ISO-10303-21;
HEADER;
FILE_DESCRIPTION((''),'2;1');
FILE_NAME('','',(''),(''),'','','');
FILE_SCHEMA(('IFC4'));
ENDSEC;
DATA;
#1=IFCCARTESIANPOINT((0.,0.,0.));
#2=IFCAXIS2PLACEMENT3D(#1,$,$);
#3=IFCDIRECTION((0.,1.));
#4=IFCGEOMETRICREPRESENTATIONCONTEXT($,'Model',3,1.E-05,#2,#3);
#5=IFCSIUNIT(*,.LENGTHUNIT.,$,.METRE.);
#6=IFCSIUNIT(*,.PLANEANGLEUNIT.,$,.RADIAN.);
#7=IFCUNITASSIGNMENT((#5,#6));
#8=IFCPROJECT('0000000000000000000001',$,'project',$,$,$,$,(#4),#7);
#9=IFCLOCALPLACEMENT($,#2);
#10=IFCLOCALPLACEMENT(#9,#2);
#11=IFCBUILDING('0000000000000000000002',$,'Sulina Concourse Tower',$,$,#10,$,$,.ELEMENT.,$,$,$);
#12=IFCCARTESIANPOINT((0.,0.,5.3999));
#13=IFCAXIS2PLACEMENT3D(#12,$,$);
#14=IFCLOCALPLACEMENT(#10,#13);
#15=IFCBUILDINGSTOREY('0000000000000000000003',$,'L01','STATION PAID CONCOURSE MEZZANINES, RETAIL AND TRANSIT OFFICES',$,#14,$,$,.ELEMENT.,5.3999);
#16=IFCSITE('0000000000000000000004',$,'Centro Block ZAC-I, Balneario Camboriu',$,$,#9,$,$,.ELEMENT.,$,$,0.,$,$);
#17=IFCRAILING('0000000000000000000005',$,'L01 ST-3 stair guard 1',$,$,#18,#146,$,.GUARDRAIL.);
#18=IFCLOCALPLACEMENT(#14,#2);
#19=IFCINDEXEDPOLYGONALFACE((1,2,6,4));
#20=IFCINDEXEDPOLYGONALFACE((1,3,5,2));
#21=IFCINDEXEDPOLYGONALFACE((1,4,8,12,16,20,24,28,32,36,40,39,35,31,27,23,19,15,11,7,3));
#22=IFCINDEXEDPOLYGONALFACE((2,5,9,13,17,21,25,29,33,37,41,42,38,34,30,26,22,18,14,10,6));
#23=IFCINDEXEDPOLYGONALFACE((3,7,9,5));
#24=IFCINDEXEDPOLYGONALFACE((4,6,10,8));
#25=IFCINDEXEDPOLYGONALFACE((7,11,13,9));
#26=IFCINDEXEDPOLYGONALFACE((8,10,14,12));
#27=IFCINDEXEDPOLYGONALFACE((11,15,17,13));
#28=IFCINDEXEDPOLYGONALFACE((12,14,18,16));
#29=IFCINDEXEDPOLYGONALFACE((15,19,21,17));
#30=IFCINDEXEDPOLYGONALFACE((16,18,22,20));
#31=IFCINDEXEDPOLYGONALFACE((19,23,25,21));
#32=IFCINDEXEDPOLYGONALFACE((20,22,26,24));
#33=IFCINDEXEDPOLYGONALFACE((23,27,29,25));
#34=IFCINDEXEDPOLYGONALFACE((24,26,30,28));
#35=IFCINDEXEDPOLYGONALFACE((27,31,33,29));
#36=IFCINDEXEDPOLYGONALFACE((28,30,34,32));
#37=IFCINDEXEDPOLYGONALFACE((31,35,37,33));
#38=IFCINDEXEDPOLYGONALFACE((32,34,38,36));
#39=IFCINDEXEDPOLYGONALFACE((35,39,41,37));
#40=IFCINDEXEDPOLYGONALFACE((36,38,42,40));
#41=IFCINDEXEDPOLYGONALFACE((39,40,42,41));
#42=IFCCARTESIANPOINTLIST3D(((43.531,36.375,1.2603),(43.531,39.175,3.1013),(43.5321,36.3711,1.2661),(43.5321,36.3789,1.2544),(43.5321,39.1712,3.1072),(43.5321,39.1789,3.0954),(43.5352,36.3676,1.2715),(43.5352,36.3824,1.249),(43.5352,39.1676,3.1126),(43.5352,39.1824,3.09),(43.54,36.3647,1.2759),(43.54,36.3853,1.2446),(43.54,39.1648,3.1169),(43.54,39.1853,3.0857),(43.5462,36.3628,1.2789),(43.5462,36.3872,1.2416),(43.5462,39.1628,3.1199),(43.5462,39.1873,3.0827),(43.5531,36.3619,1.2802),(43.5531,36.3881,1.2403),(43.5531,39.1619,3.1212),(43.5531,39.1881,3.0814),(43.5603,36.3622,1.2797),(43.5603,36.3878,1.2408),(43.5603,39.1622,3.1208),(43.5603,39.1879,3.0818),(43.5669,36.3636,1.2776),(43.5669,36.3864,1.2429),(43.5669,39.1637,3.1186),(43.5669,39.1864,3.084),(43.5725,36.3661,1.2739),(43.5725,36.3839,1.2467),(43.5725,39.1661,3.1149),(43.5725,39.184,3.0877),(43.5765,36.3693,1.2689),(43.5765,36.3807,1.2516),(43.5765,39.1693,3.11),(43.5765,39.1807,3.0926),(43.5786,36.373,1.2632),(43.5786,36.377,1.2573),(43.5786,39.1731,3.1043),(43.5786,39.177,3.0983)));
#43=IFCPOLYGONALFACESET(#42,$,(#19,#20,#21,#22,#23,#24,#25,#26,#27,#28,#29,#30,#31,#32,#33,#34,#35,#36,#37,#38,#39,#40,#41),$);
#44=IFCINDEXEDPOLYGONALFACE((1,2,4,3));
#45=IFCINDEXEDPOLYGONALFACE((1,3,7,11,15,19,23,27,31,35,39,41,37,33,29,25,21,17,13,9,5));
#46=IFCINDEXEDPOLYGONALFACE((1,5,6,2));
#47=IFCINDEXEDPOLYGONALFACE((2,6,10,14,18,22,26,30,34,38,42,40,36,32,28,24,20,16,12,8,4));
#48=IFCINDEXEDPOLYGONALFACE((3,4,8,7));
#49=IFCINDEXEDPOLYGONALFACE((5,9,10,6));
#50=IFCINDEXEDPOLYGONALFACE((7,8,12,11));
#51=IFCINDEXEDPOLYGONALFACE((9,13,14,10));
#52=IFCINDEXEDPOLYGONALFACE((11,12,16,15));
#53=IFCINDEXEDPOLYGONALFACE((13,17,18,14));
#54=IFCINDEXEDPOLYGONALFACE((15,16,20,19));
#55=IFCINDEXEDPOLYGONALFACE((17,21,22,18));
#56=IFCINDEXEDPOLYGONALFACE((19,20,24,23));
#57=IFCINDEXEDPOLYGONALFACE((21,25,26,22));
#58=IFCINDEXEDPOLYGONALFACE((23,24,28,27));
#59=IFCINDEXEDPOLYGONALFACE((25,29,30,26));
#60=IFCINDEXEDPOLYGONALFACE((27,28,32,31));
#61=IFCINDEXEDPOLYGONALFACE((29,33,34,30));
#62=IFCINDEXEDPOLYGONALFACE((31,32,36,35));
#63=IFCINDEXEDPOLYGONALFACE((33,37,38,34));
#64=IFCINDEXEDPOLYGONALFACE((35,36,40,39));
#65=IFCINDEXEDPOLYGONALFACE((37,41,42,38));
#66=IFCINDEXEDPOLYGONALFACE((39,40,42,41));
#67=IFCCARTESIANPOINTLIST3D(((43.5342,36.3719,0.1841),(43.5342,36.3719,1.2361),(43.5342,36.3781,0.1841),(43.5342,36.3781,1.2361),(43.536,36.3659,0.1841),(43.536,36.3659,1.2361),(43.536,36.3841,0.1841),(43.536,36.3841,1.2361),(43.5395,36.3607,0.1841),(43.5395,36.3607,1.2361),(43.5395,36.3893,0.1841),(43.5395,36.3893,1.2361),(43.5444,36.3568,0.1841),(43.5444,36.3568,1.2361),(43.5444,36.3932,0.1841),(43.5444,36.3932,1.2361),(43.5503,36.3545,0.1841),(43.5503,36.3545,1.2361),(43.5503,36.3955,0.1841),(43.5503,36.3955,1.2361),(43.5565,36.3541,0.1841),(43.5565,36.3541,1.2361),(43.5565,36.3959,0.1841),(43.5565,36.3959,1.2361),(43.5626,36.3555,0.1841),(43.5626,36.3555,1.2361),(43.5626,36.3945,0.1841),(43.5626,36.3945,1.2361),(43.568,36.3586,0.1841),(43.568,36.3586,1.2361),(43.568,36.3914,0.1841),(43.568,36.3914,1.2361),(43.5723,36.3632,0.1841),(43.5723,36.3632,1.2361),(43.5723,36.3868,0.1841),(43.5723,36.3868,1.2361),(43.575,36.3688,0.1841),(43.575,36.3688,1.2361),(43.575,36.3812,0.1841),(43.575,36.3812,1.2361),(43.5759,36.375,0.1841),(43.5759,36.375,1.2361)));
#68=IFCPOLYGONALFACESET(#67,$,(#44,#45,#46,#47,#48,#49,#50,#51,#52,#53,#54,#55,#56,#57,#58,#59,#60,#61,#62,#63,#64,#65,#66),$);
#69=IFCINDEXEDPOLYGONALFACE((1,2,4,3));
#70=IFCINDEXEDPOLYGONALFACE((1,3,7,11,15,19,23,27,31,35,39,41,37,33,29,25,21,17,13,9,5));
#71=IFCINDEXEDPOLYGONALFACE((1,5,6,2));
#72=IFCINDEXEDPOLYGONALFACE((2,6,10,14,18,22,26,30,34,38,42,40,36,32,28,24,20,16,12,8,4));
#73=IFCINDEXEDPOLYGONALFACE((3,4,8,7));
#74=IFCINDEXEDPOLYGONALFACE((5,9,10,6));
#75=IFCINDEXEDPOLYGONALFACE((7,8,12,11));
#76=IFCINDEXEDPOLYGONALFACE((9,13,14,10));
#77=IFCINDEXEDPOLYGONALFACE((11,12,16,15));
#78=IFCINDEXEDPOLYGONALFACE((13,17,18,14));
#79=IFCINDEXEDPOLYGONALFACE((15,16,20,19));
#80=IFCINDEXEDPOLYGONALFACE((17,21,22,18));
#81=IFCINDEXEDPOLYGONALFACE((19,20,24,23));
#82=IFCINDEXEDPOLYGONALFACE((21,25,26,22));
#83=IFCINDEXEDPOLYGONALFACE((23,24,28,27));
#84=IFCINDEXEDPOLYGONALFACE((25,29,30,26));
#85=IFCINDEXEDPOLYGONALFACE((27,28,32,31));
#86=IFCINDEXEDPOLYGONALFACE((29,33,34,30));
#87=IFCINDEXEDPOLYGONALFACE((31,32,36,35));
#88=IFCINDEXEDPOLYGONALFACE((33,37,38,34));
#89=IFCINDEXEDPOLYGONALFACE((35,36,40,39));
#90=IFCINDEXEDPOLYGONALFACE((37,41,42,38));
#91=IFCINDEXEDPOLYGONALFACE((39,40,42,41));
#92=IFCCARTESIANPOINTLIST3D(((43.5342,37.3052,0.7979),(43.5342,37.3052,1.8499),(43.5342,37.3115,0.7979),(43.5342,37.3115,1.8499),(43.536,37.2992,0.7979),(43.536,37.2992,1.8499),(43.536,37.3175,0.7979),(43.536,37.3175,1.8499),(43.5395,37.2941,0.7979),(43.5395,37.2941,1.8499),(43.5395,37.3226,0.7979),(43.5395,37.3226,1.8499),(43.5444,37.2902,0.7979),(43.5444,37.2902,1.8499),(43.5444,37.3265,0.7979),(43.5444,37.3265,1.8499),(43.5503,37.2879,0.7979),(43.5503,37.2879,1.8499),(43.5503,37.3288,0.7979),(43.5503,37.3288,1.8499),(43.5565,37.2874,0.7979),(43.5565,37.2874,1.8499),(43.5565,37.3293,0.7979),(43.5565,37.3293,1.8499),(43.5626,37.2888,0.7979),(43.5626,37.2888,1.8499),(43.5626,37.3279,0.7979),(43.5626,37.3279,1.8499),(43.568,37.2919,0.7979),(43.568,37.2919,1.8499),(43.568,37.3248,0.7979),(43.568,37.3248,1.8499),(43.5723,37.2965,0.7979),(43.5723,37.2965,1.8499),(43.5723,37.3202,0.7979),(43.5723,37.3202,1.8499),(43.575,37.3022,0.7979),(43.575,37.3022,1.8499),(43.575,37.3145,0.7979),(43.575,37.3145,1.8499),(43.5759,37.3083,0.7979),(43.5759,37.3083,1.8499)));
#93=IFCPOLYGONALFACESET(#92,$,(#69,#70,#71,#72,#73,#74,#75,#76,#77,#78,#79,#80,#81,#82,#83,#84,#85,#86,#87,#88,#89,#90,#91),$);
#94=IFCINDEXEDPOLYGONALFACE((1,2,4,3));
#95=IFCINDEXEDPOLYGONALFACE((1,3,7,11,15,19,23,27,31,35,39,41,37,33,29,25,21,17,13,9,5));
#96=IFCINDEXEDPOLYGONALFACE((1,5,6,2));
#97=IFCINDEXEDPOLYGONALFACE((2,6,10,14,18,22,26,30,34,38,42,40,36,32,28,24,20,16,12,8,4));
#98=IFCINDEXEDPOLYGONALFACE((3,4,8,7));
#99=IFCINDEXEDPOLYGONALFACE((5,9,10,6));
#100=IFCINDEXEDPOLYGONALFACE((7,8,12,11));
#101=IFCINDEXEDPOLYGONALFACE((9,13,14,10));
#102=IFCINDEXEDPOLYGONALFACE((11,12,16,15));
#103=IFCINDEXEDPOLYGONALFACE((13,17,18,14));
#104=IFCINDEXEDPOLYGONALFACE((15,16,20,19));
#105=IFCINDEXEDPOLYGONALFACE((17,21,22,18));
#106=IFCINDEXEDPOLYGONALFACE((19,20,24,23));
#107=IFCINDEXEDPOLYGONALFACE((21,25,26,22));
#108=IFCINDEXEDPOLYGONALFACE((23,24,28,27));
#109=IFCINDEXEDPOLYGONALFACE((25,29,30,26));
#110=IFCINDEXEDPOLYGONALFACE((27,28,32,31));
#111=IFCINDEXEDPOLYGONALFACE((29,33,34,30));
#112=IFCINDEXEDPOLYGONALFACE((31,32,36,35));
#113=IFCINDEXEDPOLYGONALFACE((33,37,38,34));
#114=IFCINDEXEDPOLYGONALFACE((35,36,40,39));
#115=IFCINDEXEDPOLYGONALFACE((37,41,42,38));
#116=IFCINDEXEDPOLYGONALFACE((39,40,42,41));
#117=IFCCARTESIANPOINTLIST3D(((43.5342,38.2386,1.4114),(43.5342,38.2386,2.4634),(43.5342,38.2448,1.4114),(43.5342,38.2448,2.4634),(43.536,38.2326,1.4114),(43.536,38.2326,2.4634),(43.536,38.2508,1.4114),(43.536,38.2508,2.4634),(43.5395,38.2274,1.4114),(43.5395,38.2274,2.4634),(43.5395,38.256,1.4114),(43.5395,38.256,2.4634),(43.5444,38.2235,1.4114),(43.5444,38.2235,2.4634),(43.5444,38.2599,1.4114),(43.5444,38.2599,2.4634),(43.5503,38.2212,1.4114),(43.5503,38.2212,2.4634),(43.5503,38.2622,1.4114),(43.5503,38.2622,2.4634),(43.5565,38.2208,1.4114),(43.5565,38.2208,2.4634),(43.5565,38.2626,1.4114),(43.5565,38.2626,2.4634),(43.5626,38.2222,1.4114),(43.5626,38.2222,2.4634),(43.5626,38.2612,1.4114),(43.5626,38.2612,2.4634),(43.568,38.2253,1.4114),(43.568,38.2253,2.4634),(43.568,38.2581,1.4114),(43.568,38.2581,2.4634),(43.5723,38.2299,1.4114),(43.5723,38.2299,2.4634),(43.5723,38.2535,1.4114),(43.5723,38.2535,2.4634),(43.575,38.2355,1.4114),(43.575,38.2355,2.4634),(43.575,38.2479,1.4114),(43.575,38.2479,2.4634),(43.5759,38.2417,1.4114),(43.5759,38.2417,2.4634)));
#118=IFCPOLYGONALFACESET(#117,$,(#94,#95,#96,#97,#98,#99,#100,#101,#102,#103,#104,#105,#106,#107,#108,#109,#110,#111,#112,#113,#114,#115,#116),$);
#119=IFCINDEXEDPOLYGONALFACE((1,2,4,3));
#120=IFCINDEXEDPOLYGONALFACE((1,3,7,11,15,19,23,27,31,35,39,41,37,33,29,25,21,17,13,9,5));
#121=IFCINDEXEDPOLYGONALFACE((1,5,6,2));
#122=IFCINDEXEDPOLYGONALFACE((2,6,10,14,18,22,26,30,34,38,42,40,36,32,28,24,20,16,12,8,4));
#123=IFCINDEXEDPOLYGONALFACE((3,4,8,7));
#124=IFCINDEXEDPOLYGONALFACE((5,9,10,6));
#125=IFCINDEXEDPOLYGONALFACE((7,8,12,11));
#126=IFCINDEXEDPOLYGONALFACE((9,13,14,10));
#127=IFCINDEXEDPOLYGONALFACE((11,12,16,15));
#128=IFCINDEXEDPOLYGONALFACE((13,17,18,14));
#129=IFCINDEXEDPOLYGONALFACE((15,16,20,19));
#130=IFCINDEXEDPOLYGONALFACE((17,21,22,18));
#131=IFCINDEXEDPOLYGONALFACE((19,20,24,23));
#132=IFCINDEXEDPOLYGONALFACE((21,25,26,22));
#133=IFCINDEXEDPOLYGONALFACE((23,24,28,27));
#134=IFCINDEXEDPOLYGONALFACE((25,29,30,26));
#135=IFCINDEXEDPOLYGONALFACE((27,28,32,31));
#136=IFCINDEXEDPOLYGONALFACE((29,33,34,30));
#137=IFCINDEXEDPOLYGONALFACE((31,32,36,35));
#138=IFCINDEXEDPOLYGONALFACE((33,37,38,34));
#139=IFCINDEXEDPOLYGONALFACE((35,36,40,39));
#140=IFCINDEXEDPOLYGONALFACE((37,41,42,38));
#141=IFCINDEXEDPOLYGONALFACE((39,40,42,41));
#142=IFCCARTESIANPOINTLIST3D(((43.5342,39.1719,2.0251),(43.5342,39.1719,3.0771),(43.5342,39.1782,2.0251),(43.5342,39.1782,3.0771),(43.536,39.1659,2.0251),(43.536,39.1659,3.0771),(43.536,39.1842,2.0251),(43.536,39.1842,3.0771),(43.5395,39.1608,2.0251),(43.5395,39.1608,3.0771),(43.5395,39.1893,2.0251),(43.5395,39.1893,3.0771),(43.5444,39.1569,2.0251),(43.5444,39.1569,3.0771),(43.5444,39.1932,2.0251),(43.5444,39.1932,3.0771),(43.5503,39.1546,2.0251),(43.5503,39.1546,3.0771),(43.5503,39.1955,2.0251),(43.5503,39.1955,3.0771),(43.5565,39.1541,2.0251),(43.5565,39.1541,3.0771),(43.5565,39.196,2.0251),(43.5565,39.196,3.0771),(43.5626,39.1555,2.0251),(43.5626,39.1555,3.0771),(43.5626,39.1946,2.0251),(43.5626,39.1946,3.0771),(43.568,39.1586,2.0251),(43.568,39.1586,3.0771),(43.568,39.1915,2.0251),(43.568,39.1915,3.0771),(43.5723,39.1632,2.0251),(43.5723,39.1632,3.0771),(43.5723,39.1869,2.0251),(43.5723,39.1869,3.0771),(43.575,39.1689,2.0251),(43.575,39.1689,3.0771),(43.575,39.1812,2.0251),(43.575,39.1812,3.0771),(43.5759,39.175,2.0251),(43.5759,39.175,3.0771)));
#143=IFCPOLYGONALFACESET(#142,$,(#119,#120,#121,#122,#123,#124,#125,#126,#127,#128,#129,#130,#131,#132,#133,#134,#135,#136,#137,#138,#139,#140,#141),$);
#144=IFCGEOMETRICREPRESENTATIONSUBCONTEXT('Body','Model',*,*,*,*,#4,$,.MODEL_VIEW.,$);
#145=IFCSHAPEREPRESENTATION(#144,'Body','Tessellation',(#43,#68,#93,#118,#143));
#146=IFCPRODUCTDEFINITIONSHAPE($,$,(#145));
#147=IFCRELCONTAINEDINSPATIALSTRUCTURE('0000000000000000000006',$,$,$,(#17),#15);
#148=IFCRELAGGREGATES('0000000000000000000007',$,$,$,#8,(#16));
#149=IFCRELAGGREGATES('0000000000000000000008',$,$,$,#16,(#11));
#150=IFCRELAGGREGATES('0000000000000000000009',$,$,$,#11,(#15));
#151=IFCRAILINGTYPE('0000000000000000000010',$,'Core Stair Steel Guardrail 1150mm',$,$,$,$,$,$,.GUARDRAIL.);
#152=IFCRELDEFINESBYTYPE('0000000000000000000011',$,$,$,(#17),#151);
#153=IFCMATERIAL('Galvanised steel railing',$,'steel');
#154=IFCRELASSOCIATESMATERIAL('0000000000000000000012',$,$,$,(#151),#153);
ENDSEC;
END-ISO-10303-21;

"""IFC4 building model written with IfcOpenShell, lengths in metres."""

from ifc_helpers import new_model, si_unit, direction, frame, origin, origin_2d, place, context, subcontext, project, spatial, circle, extrude, material, type_object, element, save


model = new_model("IFC4")

# Units and contexts
model_context = context("Model", 3, precision=1e-05, world=origin(), true_north=direction((0.0, 1.0)))
body_context = subcontext(model_context, "Body", "Model", "MODEL_VIEW")
ifc_project = project(units=[si_unit("LENGTHUNIT", "METRE"), si_unit("PLANEANGLEUNIT", "RADIAN")], contexts=[model_context])

# Site, building, storey
site_placement = place(None, origin())
site = spatial("IfcSite", under=ifc_project, at=site_placement, Name="Centro Block ZAC-I, Balneario Camboriu", CompositionType="ELEMENT", RefElevation=0.0)
building_placement = place(site_placement, origin())
building = spatial("IfcBuilding", under=site, at=building_placement, Name="Sulina Concourse Tower", CompositionType="ELEMENT")
storey_placement = place(building_placement, frame((0.0, 0.0, 5.3999)))
storey = spatial("IfcBuildingStorey", under=building, at=storey_placement, Name="L01", Description="STATION PAID CONCOURSE MEZZANINES, RETAIL AND TRANSIT OFFICES", CompositionType="ELEMENT", Elevation=5.3999)

# Railing
ifc_material_1 = material(Name="Galvanised steel railing", Category="steel")
railing_type_1 = type_object("IfcRailingType", Name="Core Stair Steel Guardrail 1150mm", PredefinedType="GUARDRAIL", material=ifc_material_1)
railing_1_placement = place(storey_placement, frame((43.5549, 36.375, 0.1841)))
element("IfcRailing", 1, at=railing_1_placement, inside=storey, type_object=railing_type_1, Name="L01 ST-3 stair guard 1", PredefinedType="GUARDRAIL", context=body_context, shape_type="SweptSolid", body=[
    extrude(circle(Radius=0.0239, at=origin_2d()), frame((0.0, 0.0, 1.0762), z_axis=(0.0, 0.835564, 0.549393), x_axis=(-1.0, 0.0, 0.0)), (0.0, 0.0, 1.0), 3.3511),
    extrude(circle(Radius=0.021, at=origin_2d()), origin(), (0.0, 0.0, 1.0), 1.052),
    extrude(circle(Radius=0.021, at=origin_2d()), frame((0.0, 0.9333, 0.6138)), (0.0, 0.0, 1.0), 1.052),
    extrude(circle(Radius=0.021, at=origin_2d()), frame((0.0, 1.8667, 1.2273)), (0.0, 0.0, 1.0), 1.052),
    extrude(circle(Radius=0.021, at=origin_2d()), frame((0.0, 2.8, 1.8411)), (0.0, 0.0, 1.0), 1.052),
])

save(model, "model.ifc")
